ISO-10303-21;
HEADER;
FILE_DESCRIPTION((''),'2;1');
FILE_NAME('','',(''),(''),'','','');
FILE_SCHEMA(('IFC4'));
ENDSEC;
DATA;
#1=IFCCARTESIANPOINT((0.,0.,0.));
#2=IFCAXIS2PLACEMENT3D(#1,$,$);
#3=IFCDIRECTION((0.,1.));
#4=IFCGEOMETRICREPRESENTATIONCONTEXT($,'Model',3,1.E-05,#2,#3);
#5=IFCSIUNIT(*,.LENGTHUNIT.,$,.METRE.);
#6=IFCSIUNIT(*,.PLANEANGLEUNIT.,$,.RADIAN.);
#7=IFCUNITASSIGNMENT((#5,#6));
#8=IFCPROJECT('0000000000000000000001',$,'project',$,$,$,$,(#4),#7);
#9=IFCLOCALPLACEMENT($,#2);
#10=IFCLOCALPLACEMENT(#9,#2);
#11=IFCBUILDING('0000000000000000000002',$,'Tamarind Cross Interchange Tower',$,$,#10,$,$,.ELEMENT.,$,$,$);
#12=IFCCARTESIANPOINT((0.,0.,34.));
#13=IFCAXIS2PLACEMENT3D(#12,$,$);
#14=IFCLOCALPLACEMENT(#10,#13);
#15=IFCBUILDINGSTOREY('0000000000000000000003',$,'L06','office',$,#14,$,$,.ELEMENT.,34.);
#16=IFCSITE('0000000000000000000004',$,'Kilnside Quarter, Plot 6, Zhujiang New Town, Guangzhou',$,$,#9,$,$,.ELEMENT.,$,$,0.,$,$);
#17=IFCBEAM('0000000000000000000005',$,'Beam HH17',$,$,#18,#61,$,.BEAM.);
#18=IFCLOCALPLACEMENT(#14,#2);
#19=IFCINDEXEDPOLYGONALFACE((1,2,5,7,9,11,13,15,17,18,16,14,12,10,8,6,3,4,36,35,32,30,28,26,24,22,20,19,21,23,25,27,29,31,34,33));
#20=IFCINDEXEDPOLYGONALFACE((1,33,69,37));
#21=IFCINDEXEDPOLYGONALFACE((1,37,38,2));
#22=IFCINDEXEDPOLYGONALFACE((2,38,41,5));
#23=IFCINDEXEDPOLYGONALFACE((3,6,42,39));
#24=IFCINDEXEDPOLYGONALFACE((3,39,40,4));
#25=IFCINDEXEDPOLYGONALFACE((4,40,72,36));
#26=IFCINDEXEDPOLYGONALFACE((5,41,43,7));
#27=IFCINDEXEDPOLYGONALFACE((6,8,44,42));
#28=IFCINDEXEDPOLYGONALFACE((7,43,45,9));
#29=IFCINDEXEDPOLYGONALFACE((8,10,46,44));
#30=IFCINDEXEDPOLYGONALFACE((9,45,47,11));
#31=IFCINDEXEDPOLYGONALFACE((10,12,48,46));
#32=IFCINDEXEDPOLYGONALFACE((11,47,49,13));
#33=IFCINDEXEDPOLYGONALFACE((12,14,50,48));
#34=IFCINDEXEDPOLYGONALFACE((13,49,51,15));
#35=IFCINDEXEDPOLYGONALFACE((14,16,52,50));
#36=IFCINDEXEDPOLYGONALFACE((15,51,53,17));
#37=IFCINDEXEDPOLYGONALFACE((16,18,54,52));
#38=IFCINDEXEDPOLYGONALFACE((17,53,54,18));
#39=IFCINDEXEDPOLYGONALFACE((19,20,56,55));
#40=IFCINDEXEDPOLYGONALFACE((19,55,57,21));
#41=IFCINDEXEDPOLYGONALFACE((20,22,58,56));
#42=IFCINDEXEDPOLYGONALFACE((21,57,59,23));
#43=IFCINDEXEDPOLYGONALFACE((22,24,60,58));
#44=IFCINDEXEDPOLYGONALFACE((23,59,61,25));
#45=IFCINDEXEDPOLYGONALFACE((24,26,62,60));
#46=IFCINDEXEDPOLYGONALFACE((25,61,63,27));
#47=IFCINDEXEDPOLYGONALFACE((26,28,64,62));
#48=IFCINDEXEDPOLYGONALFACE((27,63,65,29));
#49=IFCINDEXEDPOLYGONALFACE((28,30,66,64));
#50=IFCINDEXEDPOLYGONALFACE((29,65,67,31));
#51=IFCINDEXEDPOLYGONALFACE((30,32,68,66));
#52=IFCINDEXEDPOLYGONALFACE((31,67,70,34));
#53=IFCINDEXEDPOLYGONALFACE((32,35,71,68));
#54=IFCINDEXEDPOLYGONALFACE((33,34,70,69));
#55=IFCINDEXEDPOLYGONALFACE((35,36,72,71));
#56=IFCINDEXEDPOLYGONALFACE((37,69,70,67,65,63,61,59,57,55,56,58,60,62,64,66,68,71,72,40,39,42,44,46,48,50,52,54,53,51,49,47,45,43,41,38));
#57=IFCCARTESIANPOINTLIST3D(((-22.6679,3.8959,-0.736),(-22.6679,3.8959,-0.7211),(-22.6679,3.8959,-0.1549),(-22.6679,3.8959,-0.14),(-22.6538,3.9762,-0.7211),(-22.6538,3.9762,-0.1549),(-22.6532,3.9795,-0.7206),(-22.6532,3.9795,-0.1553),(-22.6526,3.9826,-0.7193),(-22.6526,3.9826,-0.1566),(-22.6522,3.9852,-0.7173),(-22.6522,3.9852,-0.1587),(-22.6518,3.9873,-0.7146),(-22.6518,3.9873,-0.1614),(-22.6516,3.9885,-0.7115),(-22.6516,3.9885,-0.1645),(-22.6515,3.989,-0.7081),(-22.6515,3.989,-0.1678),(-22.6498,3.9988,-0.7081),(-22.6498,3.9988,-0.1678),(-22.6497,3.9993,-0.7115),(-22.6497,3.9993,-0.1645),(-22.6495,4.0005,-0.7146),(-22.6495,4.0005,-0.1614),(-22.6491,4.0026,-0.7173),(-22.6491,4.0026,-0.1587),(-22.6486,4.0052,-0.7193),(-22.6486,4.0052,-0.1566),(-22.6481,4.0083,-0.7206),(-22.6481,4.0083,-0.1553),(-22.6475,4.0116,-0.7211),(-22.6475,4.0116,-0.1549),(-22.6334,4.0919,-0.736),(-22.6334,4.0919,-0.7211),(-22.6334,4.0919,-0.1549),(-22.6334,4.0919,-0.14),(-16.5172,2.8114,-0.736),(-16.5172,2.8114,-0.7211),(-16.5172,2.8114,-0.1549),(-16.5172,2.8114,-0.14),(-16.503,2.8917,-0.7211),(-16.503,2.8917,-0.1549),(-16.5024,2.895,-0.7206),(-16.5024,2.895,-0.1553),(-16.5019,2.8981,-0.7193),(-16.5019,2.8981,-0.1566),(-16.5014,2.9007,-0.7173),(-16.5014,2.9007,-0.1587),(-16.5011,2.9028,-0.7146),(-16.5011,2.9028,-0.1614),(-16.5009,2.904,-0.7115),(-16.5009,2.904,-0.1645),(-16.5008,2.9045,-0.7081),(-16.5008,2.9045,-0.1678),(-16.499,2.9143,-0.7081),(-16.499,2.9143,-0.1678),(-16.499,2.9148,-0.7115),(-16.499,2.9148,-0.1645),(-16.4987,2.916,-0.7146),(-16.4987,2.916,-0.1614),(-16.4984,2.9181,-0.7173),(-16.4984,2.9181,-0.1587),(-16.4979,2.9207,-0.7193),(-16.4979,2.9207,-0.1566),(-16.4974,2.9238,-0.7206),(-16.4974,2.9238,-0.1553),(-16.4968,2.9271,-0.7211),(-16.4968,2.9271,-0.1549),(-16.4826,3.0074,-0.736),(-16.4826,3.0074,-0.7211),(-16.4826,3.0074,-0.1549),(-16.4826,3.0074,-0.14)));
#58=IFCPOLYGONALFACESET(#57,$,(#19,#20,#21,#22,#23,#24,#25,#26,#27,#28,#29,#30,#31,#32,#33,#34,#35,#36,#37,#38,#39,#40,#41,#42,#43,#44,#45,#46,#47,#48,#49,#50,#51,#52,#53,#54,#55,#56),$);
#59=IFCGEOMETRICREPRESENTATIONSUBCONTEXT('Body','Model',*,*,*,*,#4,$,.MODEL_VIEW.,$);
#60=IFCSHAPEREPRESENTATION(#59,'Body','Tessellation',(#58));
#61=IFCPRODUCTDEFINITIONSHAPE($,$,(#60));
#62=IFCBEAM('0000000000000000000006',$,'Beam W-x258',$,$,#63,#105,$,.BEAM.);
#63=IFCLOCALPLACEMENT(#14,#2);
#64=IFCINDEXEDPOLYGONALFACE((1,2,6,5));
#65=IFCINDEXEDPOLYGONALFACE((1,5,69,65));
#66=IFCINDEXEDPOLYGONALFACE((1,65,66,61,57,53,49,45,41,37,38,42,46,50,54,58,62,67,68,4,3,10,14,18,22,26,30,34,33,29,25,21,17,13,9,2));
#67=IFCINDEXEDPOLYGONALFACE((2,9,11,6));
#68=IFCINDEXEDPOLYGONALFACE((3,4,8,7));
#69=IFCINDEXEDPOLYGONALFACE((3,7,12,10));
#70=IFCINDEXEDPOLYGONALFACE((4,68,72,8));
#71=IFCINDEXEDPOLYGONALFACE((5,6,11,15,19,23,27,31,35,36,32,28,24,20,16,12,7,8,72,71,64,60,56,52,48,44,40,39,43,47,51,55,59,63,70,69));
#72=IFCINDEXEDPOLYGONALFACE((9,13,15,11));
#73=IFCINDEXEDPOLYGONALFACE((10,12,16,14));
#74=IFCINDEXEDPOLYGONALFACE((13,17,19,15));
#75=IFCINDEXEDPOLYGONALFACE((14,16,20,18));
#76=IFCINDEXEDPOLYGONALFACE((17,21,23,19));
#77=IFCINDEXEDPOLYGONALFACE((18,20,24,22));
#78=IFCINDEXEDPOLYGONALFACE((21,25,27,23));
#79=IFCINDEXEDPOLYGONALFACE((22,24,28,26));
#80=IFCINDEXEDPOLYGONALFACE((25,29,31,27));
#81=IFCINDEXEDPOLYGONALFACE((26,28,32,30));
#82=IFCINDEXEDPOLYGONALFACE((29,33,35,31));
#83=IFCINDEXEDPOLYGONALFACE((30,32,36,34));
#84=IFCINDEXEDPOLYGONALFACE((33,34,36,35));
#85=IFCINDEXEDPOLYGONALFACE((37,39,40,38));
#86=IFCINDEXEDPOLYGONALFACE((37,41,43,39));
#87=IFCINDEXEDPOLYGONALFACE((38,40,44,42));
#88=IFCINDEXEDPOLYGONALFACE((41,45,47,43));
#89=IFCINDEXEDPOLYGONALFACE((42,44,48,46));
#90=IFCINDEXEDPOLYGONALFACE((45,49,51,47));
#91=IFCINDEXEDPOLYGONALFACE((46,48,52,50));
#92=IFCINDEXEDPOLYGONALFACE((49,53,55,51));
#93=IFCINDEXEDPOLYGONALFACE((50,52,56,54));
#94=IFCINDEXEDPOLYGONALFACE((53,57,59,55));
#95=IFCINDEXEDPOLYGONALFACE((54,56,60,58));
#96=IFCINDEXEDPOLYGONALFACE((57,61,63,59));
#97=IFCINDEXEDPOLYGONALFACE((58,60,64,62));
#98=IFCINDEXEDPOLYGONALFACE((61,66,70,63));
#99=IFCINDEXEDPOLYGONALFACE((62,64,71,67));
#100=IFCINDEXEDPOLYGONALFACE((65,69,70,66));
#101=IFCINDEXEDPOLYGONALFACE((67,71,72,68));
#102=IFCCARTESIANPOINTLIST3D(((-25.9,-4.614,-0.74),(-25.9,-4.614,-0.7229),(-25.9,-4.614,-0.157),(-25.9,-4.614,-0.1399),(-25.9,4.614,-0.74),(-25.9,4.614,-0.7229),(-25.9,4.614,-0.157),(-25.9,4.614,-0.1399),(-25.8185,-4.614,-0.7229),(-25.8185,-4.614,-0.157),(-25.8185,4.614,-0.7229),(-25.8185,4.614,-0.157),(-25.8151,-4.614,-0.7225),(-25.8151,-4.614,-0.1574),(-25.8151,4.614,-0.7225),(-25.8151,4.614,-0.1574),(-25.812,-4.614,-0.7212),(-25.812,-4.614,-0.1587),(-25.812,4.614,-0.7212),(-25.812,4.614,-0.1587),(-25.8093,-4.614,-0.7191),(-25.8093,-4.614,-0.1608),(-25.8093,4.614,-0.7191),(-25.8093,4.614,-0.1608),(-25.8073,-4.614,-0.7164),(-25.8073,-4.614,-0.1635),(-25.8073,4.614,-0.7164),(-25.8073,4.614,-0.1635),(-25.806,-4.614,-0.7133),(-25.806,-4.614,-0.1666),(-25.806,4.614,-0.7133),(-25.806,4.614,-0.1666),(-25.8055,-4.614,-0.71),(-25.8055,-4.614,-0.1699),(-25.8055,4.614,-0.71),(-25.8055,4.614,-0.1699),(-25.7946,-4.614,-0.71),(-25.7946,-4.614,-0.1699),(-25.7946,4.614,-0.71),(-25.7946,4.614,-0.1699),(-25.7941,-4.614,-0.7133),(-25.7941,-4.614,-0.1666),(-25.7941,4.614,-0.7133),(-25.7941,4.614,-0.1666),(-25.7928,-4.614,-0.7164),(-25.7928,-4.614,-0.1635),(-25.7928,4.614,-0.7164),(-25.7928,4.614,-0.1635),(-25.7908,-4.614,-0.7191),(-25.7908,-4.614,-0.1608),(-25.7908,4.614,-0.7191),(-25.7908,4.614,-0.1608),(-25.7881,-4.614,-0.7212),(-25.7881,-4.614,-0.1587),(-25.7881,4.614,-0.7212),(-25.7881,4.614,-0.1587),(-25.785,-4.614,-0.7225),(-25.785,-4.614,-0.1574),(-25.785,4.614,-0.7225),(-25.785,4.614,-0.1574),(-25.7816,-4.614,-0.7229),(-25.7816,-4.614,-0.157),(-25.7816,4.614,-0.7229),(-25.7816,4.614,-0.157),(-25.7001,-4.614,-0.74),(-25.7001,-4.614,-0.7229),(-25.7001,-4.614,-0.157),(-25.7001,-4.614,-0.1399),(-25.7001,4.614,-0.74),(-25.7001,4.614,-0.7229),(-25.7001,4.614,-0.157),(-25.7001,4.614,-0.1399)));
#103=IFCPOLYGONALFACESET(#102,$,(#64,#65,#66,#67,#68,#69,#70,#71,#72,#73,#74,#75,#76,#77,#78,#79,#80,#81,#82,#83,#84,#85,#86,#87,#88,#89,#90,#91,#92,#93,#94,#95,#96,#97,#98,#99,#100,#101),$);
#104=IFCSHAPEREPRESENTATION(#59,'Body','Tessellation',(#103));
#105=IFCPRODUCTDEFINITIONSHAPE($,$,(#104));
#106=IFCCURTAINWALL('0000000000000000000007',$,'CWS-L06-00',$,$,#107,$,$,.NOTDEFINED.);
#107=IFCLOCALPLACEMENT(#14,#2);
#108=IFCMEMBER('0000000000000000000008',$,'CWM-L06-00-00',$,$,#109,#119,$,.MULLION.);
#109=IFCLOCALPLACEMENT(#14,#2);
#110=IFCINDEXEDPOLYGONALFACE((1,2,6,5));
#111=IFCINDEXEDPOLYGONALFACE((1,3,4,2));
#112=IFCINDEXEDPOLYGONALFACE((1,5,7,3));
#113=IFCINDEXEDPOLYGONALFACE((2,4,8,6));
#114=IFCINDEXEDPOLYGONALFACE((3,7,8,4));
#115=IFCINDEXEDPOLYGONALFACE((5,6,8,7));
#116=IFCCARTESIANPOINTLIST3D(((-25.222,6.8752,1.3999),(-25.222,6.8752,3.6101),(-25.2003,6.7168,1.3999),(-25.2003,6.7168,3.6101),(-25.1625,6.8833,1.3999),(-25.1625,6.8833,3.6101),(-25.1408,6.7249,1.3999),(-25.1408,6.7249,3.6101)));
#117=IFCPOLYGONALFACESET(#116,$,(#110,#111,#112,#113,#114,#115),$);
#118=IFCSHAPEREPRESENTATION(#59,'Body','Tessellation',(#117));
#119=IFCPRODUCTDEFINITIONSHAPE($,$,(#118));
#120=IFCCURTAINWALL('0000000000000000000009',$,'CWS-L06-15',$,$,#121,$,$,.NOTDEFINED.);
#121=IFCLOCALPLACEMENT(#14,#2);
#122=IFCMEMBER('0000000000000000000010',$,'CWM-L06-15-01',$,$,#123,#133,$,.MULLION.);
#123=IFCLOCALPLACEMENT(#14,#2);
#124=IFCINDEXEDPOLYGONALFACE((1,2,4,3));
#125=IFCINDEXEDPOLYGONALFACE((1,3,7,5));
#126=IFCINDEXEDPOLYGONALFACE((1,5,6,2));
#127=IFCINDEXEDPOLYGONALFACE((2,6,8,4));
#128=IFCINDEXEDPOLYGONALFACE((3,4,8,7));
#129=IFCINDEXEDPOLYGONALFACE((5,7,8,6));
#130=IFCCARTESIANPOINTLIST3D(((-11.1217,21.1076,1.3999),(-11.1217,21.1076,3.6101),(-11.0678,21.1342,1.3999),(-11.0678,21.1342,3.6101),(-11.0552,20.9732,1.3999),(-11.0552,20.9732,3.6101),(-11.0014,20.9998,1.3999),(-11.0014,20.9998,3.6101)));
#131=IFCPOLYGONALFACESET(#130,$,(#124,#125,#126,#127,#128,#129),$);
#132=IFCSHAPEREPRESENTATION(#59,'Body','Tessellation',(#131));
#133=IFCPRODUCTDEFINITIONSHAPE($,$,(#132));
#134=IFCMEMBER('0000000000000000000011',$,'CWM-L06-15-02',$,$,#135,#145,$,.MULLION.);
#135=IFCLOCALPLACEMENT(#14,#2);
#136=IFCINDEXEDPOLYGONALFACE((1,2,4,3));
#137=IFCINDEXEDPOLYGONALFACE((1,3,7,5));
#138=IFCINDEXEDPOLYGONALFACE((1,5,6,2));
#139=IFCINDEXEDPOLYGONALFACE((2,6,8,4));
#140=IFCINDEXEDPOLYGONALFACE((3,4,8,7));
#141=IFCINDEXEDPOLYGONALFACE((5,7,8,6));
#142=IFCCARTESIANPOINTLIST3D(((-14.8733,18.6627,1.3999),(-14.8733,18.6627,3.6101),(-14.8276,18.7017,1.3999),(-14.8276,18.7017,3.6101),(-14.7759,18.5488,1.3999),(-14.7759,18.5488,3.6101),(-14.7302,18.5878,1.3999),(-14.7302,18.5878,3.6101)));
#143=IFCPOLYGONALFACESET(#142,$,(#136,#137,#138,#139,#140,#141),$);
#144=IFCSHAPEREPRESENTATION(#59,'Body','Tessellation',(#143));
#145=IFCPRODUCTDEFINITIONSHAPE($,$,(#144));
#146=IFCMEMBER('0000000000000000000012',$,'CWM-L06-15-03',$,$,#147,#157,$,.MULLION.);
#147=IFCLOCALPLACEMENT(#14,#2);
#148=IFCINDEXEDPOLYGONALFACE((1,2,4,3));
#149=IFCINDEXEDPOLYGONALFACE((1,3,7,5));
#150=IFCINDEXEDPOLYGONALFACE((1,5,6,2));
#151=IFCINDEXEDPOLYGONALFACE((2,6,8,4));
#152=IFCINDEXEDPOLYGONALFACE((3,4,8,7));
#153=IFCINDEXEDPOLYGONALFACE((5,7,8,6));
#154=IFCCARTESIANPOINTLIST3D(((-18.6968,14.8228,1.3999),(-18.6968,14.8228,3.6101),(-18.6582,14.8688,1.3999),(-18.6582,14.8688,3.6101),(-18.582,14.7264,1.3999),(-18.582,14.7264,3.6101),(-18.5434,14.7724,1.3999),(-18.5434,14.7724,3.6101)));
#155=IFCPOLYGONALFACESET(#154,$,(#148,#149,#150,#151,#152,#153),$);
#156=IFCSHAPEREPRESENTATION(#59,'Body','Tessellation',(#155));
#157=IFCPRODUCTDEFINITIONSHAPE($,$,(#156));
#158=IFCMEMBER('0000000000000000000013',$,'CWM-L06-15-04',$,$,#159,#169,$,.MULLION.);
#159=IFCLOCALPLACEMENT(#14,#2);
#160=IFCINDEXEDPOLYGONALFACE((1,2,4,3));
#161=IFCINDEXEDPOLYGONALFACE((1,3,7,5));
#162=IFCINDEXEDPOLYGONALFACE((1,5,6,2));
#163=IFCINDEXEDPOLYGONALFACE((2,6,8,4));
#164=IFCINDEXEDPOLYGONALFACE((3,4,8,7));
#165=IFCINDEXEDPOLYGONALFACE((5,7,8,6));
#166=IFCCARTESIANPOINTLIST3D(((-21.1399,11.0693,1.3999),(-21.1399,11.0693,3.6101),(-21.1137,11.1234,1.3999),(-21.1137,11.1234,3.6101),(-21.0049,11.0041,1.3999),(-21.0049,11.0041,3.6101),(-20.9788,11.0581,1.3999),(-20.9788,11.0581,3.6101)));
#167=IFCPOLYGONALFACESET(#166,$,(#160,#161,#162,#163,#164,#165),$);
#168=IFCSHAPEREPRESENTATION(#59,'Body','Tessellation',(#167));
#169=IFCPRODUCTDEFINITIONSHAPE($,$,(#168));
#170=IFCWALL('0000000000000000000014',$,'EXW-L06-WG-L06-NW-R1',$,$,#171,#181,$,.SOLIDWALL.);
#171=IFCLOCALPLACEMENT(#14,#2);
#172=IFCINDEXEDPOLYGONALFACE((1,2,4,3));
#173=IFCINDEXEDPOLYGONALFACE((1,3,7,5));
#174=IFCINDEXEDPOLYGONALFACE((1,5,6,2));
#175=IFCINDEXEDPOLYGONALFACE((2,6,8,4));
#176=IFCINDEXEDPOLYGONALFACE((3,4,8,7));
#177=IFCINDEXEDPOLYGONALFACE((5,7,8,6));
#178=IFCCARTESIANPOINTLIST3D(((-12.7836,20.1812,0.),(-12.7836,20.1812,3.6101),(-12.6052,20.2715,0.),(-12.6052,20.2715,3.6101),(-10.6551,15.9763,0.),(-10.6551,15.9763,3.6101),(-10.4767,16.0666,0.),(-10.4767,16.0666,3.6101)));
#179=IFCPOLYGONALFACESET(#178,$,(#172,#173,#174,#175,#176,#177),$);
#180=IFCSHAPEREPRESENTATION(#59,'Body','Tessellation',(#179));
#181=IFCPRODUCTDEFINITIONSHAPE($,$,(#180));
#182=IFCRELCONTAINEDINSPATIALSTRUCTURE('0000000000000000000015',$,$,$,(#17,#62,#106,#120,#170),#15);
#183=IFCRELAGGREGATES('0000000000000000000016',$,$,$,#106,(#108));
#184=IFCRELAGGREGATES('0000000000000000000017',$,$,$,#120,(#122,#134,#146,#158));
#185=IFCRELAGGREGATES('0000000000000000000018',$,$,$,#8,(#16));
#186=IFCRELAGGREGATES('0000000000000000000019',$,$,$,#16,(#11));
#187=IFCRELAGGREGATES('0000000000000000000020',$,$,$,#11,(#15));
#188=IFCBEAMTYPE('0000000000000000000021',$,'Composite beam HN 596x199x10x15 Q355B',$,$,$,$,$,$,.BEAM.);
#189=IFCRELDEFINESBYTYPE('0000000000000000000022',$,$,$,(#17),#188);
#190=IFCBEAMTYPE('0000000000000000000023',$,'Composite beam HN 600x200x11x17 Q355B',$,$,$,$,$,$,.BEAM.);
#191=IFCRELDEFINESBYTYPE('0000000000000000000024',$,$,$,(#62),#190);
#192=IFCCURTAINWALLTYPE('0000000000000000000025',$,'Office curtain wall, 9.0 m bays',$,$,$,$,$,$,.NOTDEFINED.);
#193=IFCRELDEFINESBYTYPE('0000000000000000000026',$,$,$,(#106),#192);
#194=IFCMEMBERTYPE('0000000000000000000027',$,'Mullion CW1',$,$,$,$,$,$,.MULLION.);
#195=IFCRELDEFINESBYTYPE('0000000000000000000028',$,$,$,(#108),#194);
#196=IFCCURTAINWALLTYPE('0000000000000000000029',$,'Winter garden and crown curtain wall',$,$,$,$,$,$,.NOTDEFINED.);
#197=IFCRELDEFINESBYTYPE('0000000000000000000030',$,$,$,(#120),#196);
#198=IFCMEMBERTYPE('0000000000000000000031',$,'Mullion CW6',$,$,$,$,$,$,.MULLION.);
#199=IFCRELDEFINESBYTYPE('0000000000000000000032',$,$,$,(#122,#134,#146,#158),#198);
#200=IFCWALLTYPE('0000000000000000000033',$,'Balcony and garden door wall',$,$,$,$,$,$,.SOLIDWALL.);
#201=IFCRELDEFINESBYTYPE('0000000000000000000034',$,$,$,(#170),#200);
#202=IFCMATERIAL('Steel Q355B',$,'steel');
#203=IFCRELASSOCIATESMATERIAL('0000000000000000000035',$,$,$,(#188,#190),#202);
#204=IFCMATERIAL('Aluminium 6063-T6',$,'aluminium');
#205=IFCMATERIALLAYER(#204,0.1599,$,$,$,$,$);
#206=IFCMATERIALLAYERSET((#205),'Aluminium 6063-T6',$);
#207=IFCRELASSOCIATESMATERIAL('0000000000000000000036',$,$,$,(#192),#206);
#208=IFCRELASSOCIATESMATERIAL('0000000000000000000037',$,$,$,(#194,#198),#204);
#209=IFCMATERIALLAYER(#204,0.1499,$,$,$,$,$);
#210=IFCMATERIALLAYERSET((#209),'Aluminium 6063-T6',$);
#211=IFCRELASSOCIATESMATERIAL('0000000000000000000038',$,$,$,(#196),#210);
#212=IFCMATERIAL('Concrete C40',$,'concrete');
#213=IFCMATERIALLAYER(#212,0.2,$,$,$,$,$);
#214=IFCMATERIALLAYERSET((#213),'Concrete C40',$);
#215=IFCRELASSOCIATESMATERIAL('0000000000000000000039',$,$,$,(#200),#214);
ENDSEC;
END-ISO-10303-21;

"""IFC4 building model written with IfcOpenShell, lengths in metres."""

from ifc_helpers import new_model, si_unit, direction, frame, frame_2d, origin, origin_2d, place, context, subcontext, project, spatial, rectangle, i_section, extrude, material, layer, layer_set, material_profile, profile_set, type_object, element, aggregate, save


model = new_model("IFC4")

# Units and contexts
model_context = context("Model", 3, precision=1e-05, world=origin(), true_north=direction((0.0, 1.0)))
body_context = subcontext(model_context, "Body", "Model", "MODEL_VIEW")
ifc_project = project(units=[si_unit("LENGTHUNIT", "METRE"), si_unit("PLANEANGLEUNIT", "RADIAN")], contexts=[model_context])

# Site, building, storey
site_placement = place(None, origin())
site = spatial("IfcSite", under=ifc_project, at=site_placement, Name="Kilnside Quarter, Plot 6, Zhujiang New Town, Guangzhou", CompositionType="ELEMENT", RefElevation=0.0)
building_placement = place(site_placement, origin())
building = spatial("IfcBuilding", under=site, at=building_placement, Name="Tamarind Cross Interchange Tower", CompositionType="ELEMENT")
storey_placement = place(building_placement, frame((0.0, 0.0, 34.0)))
storey = spatial("IfcBuildingStorey", under=building, at=storey_placement, Name="L06", Description="office", CompositionType="ELEMENT", Elevation=34.0)

# Beams
ifc_material_1 = material(Name="Steel Q355B", Category="steel")
ifc_material_profile_1 = material_profile(ifc_material_1, i_section(OverallWidth=0.199, OverallDepth=0.5959, WebThickness=0.01, FlangeThickness=0.0149, FilletRadius=0.0129, at=origin_2d()), Name="HN 596x199x10x15")
ifc_profile_set_1 = profile_set([ifc_material_profile_1], Name="Steel Q355B")
beam_type_1 = type_object("IfcBeamType", Name="Composite beam HN 596x199x10x15 Q355B", PredefinedType="BEAM", material=ifc_profile_set_1)
beam_1_placement = place(storey_placement, frame((-22.6506, 3.9939, -0.438), z_axis=(0.984809, -0.17364, 0.0), x_axis=(0.17364, 0.984809, 0.0)))
element("IfcBeam", 1, at=beam_1_placement, inside=storey, type_object=beam_type_1, Name="Beam HH17", PredefinedType="BEAM", context=body_context, shape_type="SweptSolid", body=[
    extrude(i_section(OverallWidth=0.199, OverallDepth=0.5959, WebThickness=0.01, FlangeThickness=0.0149, FilletRadius=0.0129, at=origin_2d()), origin(), (0.0, 0.0, 1.0), 6.2456),
])
ifc_material_profile_2 = material_profile(ifc_material_1, i_section(OverallWidth=0.2, OverallDepth=0.6001, WebThickness=0.011, FlangeThickness=0.0171, FilletRadius=0.0129, at=origin_2d()), Name="HN 600x200x11x17")
ifc_profile_set_2 = profile_set([ifc_material_profile_2], Name="Steel Q355B")
beam_type_2 = type_object("IfcBeamType", Name="Composite beam HN 600x200x11x17 Q355B", PredefinedType="BEAM", material=ifc_profile_set_2)
beam_2_placement = place(storey_placement, frame((-25.8, 4.614, -0.4399), z_axis=(0.0, -1.0, 0.0), x_axis=(1.0, 0.0, 0.0)))
element("IfcBeam", 2, at=beam_2_placement, inside=storey, type_object=beam_type_2, Name="Beam W-x258", PredefinedType="BEAM", context=body_context, shape_type="SweptSolid", body=[
    extrude(i_section(OverallWidth=0.2, OverallDepth=0.6001, WebThickness=0.011, FlangeThickness=0.0171, FilletRadius=0.0129, at=origin_2d()), origin(), (0.0, 0.0, 1.0), 9.228),
])

# Curtain wall, member
ifc_material_2 = material(Name="Aluminium 6063-T6", Category="aluminium")
ifc_layer_1 = layer(ifc_material_2, 0.1599)
ifc_layer_set_1 = layer_set([ifc_layer_1], Name="Aluminium 6063-T6")
curtain_wall_type_1 = type_object("IfcCurtainWallType", Name="Office curtain wall, 9.0 m bays", PredefinedType="NOTDEFINED", material=ifc_layer_set_1)
curtain_wall_1_placement = place(storey_placement, origin())
curtain_wall_1 = element("IfcCurtainWall", 3, at=curtain_wall_1_placement, inside=storey, type_object=curtain_wall_type_1, Name="CWS-L06-00", PredefinedType="NOTDEFINED")
ifc_material_profile_3 = material_profile(ifc_material_2, rectangle(XDim=0.0601, YDim=0.1599, at=origin_2d()), Name="Mullion CW1")
ifc_profile_set_3 = profile_set([ifc_material_profile_3], Name="Aluminium 6063-T6")
member_type_1 = type_object("IfcMemberType", Name="Mullion CW1", PredefinedType="MULLION", material=ifc_profile_set_3)
member_1_placement = place(storey_placement, frame((-25.1814, 6.8, 1.3999), z_axis=(0.0, 0.0, 1.0), x_axis=(-0.990751, -0.135689, 0.0)))
member_1 = element("IfcMember", 4, at=member_1_placement, type_object=member_type_1, Name="CWM-L06-00-00", PredefinedType="MULLION", context=body_context, shape_type="SweptSolid", body=[
    extrude(rectangle(XDim=0.0601, YDim=0.1599, at=origin_2d()), origin(), (0.0, 0.0, 1.0), 2.2102),
])
aggregate(curtain_wall_1, [member_1])

# Curtain wall, members
ifc_layer_2 = layer(ifc_material_2, 0.1499)
ifc_layer_set_2 = layer_set([ifc_layer_2], Name="Aluminium 6063-T6")
curtain_wall_type_2 = type_object("IfcCurtainWallType", Name="Winter garden and crown curtain wall", PredefinedType="NOTDEFINED", material=ifc_layer_set_2)
curtain_wall_2_placement = place(storey_placement, origin())
curtain_wall_2 = element("IfcCurtainWall", 5, at=curtain_wall_2_placement, inside=storey, type_object=curtain_wall_type_2, Name="CWS-L06-15", PredefinedType="NOTDEFINED")
ifc_material_profile_4 = material_profile(ifc_material_2, rectangle(XDim=0.0601, YDim=0.1499, at=origin_2d()), Name="Mullion CW6")
ifc_profile_set_4 = profile_set([ifc_material_profile_4], Name="Aluminium 6063-T6")
member_type_2 = type_object("IfcMemberType", Name="Mullion CW6", PredefinedType="MULLION", material=ifc_profile_set_4)
member_2_placement = place(storey_placement, frame((-11.0615, 21.0537, 1.3999), z_axis=(0.0, 0.0, 1.0), x_axis=(-0.896493, -0.443059, 0.0)))
member_2 = element("IfcMember", 6, at=member_2_placement, type_object=member_type_2, Name="CWM-L06-15-01", PredefinedType="MULLION", context=body_context, shape_type="SweptSolid", body=[
    extrude(rectangle(XDim=0.0601, YDim=0.1499, at=origin_2d()), origin(), (0.0, 0.0, 1.0), 2.2102),
])
member_3_placement = place(storey_placement, frame((-14.8018, 18.6252, 1.3999), z_axis=(0.0, 0.0, 1.0), x_axis=(-0.760296, -0.649577, 0.0)))
member_3 = element("IfcMember", 7, at=member_3_placement, type_object=member_type_2, Name="CWM-L06-15-02", PredefinedType="MULLION", context=body_context, shape_type="SweptSolid", body=[
    extrude(rectangle(XDim=0.0601, YDim=0.1499, at=origin_2d()), origin(), (0.0, 0.0, 1.0), 2.2102),
])
member_4_placement = place(storey_placement, frame((-18.6201, 14.7976, 1.3999), z_axis=(0.0, 0.0, 1.0), x_axis=(-0.643009, -0.765858, 0.0)))
member_4 = element("IfcMember", 8, at=member_4_placement, type_object=member_type_2, Name="CWM-L06-15-03", PredefinedType="MULLION", context=body_context, shape_type="SweptSolid", body=[
    extrude(rectangle(XDim=0.0601, YDim=0.1499, at=origin_2d()), origin(), (0.0, 0.0, 1.0), 2.2102),
])
member_5_placement = place(storey_placement, frame((-21.0593, 11.0637, 1.3999), z_axis=(0.0, 0.0, 1.0), x_axis=(-0.435326, -0.900273, 0.0)))
member_5 = element("IfcMember", 9, at=member_5_placement, type_object=member_type_2, Name="CWM-L06-15-04", PredefinedType="MULLION", context=body_context, shape_type="SweptSolid", body=[
    extrude(rectangle(XDim=0.0601, YDim=0.1499, at=origin_2d()), origin(), (0.0, 0.0, 1.0), 2.2102),
])
aggregate(curtain_wall_2, [member_2, member_3, member_4, member_5])

# Wall
ifc_material_3 = material(Name="Concrete C40", Category="concrete")
ifc_layer_3 = layer(ifc_material_3, 0.2)
ifc_layer_set_3 = layer_set([ifc_layer_3], Name="Concrete C40")
wall_type_1 = type_object("IfcWallType", Name="Balcony and garden door wall", PredefinedType="SOLIDWALL", material=ifc_layer_set_3)
wall_1_placement = place(storey_placement, frame((-10.5659, 16.0215, 0.0), z_axis=(0.0, 0.0, 1.0), x_axis=(-0.451622, 0.892209, 0.0)))
element("IfcWall", 10, at=wall_1_placement, inside=storey, type_object=wall_type_1, Name="EXW-L06-WG-L06-NW-R1", PredefinedType="SOLIDWALL", context=body_context, shape_type="SweptSolid", body=[
    extrude(rectangle(XDim=4.7129, YDim=0.2, at=frame_2d((2.3564, 0.0))), origin(), (0.0, 0.0, 1.0), 3.6101),
])

save(model, "model.ifc")
